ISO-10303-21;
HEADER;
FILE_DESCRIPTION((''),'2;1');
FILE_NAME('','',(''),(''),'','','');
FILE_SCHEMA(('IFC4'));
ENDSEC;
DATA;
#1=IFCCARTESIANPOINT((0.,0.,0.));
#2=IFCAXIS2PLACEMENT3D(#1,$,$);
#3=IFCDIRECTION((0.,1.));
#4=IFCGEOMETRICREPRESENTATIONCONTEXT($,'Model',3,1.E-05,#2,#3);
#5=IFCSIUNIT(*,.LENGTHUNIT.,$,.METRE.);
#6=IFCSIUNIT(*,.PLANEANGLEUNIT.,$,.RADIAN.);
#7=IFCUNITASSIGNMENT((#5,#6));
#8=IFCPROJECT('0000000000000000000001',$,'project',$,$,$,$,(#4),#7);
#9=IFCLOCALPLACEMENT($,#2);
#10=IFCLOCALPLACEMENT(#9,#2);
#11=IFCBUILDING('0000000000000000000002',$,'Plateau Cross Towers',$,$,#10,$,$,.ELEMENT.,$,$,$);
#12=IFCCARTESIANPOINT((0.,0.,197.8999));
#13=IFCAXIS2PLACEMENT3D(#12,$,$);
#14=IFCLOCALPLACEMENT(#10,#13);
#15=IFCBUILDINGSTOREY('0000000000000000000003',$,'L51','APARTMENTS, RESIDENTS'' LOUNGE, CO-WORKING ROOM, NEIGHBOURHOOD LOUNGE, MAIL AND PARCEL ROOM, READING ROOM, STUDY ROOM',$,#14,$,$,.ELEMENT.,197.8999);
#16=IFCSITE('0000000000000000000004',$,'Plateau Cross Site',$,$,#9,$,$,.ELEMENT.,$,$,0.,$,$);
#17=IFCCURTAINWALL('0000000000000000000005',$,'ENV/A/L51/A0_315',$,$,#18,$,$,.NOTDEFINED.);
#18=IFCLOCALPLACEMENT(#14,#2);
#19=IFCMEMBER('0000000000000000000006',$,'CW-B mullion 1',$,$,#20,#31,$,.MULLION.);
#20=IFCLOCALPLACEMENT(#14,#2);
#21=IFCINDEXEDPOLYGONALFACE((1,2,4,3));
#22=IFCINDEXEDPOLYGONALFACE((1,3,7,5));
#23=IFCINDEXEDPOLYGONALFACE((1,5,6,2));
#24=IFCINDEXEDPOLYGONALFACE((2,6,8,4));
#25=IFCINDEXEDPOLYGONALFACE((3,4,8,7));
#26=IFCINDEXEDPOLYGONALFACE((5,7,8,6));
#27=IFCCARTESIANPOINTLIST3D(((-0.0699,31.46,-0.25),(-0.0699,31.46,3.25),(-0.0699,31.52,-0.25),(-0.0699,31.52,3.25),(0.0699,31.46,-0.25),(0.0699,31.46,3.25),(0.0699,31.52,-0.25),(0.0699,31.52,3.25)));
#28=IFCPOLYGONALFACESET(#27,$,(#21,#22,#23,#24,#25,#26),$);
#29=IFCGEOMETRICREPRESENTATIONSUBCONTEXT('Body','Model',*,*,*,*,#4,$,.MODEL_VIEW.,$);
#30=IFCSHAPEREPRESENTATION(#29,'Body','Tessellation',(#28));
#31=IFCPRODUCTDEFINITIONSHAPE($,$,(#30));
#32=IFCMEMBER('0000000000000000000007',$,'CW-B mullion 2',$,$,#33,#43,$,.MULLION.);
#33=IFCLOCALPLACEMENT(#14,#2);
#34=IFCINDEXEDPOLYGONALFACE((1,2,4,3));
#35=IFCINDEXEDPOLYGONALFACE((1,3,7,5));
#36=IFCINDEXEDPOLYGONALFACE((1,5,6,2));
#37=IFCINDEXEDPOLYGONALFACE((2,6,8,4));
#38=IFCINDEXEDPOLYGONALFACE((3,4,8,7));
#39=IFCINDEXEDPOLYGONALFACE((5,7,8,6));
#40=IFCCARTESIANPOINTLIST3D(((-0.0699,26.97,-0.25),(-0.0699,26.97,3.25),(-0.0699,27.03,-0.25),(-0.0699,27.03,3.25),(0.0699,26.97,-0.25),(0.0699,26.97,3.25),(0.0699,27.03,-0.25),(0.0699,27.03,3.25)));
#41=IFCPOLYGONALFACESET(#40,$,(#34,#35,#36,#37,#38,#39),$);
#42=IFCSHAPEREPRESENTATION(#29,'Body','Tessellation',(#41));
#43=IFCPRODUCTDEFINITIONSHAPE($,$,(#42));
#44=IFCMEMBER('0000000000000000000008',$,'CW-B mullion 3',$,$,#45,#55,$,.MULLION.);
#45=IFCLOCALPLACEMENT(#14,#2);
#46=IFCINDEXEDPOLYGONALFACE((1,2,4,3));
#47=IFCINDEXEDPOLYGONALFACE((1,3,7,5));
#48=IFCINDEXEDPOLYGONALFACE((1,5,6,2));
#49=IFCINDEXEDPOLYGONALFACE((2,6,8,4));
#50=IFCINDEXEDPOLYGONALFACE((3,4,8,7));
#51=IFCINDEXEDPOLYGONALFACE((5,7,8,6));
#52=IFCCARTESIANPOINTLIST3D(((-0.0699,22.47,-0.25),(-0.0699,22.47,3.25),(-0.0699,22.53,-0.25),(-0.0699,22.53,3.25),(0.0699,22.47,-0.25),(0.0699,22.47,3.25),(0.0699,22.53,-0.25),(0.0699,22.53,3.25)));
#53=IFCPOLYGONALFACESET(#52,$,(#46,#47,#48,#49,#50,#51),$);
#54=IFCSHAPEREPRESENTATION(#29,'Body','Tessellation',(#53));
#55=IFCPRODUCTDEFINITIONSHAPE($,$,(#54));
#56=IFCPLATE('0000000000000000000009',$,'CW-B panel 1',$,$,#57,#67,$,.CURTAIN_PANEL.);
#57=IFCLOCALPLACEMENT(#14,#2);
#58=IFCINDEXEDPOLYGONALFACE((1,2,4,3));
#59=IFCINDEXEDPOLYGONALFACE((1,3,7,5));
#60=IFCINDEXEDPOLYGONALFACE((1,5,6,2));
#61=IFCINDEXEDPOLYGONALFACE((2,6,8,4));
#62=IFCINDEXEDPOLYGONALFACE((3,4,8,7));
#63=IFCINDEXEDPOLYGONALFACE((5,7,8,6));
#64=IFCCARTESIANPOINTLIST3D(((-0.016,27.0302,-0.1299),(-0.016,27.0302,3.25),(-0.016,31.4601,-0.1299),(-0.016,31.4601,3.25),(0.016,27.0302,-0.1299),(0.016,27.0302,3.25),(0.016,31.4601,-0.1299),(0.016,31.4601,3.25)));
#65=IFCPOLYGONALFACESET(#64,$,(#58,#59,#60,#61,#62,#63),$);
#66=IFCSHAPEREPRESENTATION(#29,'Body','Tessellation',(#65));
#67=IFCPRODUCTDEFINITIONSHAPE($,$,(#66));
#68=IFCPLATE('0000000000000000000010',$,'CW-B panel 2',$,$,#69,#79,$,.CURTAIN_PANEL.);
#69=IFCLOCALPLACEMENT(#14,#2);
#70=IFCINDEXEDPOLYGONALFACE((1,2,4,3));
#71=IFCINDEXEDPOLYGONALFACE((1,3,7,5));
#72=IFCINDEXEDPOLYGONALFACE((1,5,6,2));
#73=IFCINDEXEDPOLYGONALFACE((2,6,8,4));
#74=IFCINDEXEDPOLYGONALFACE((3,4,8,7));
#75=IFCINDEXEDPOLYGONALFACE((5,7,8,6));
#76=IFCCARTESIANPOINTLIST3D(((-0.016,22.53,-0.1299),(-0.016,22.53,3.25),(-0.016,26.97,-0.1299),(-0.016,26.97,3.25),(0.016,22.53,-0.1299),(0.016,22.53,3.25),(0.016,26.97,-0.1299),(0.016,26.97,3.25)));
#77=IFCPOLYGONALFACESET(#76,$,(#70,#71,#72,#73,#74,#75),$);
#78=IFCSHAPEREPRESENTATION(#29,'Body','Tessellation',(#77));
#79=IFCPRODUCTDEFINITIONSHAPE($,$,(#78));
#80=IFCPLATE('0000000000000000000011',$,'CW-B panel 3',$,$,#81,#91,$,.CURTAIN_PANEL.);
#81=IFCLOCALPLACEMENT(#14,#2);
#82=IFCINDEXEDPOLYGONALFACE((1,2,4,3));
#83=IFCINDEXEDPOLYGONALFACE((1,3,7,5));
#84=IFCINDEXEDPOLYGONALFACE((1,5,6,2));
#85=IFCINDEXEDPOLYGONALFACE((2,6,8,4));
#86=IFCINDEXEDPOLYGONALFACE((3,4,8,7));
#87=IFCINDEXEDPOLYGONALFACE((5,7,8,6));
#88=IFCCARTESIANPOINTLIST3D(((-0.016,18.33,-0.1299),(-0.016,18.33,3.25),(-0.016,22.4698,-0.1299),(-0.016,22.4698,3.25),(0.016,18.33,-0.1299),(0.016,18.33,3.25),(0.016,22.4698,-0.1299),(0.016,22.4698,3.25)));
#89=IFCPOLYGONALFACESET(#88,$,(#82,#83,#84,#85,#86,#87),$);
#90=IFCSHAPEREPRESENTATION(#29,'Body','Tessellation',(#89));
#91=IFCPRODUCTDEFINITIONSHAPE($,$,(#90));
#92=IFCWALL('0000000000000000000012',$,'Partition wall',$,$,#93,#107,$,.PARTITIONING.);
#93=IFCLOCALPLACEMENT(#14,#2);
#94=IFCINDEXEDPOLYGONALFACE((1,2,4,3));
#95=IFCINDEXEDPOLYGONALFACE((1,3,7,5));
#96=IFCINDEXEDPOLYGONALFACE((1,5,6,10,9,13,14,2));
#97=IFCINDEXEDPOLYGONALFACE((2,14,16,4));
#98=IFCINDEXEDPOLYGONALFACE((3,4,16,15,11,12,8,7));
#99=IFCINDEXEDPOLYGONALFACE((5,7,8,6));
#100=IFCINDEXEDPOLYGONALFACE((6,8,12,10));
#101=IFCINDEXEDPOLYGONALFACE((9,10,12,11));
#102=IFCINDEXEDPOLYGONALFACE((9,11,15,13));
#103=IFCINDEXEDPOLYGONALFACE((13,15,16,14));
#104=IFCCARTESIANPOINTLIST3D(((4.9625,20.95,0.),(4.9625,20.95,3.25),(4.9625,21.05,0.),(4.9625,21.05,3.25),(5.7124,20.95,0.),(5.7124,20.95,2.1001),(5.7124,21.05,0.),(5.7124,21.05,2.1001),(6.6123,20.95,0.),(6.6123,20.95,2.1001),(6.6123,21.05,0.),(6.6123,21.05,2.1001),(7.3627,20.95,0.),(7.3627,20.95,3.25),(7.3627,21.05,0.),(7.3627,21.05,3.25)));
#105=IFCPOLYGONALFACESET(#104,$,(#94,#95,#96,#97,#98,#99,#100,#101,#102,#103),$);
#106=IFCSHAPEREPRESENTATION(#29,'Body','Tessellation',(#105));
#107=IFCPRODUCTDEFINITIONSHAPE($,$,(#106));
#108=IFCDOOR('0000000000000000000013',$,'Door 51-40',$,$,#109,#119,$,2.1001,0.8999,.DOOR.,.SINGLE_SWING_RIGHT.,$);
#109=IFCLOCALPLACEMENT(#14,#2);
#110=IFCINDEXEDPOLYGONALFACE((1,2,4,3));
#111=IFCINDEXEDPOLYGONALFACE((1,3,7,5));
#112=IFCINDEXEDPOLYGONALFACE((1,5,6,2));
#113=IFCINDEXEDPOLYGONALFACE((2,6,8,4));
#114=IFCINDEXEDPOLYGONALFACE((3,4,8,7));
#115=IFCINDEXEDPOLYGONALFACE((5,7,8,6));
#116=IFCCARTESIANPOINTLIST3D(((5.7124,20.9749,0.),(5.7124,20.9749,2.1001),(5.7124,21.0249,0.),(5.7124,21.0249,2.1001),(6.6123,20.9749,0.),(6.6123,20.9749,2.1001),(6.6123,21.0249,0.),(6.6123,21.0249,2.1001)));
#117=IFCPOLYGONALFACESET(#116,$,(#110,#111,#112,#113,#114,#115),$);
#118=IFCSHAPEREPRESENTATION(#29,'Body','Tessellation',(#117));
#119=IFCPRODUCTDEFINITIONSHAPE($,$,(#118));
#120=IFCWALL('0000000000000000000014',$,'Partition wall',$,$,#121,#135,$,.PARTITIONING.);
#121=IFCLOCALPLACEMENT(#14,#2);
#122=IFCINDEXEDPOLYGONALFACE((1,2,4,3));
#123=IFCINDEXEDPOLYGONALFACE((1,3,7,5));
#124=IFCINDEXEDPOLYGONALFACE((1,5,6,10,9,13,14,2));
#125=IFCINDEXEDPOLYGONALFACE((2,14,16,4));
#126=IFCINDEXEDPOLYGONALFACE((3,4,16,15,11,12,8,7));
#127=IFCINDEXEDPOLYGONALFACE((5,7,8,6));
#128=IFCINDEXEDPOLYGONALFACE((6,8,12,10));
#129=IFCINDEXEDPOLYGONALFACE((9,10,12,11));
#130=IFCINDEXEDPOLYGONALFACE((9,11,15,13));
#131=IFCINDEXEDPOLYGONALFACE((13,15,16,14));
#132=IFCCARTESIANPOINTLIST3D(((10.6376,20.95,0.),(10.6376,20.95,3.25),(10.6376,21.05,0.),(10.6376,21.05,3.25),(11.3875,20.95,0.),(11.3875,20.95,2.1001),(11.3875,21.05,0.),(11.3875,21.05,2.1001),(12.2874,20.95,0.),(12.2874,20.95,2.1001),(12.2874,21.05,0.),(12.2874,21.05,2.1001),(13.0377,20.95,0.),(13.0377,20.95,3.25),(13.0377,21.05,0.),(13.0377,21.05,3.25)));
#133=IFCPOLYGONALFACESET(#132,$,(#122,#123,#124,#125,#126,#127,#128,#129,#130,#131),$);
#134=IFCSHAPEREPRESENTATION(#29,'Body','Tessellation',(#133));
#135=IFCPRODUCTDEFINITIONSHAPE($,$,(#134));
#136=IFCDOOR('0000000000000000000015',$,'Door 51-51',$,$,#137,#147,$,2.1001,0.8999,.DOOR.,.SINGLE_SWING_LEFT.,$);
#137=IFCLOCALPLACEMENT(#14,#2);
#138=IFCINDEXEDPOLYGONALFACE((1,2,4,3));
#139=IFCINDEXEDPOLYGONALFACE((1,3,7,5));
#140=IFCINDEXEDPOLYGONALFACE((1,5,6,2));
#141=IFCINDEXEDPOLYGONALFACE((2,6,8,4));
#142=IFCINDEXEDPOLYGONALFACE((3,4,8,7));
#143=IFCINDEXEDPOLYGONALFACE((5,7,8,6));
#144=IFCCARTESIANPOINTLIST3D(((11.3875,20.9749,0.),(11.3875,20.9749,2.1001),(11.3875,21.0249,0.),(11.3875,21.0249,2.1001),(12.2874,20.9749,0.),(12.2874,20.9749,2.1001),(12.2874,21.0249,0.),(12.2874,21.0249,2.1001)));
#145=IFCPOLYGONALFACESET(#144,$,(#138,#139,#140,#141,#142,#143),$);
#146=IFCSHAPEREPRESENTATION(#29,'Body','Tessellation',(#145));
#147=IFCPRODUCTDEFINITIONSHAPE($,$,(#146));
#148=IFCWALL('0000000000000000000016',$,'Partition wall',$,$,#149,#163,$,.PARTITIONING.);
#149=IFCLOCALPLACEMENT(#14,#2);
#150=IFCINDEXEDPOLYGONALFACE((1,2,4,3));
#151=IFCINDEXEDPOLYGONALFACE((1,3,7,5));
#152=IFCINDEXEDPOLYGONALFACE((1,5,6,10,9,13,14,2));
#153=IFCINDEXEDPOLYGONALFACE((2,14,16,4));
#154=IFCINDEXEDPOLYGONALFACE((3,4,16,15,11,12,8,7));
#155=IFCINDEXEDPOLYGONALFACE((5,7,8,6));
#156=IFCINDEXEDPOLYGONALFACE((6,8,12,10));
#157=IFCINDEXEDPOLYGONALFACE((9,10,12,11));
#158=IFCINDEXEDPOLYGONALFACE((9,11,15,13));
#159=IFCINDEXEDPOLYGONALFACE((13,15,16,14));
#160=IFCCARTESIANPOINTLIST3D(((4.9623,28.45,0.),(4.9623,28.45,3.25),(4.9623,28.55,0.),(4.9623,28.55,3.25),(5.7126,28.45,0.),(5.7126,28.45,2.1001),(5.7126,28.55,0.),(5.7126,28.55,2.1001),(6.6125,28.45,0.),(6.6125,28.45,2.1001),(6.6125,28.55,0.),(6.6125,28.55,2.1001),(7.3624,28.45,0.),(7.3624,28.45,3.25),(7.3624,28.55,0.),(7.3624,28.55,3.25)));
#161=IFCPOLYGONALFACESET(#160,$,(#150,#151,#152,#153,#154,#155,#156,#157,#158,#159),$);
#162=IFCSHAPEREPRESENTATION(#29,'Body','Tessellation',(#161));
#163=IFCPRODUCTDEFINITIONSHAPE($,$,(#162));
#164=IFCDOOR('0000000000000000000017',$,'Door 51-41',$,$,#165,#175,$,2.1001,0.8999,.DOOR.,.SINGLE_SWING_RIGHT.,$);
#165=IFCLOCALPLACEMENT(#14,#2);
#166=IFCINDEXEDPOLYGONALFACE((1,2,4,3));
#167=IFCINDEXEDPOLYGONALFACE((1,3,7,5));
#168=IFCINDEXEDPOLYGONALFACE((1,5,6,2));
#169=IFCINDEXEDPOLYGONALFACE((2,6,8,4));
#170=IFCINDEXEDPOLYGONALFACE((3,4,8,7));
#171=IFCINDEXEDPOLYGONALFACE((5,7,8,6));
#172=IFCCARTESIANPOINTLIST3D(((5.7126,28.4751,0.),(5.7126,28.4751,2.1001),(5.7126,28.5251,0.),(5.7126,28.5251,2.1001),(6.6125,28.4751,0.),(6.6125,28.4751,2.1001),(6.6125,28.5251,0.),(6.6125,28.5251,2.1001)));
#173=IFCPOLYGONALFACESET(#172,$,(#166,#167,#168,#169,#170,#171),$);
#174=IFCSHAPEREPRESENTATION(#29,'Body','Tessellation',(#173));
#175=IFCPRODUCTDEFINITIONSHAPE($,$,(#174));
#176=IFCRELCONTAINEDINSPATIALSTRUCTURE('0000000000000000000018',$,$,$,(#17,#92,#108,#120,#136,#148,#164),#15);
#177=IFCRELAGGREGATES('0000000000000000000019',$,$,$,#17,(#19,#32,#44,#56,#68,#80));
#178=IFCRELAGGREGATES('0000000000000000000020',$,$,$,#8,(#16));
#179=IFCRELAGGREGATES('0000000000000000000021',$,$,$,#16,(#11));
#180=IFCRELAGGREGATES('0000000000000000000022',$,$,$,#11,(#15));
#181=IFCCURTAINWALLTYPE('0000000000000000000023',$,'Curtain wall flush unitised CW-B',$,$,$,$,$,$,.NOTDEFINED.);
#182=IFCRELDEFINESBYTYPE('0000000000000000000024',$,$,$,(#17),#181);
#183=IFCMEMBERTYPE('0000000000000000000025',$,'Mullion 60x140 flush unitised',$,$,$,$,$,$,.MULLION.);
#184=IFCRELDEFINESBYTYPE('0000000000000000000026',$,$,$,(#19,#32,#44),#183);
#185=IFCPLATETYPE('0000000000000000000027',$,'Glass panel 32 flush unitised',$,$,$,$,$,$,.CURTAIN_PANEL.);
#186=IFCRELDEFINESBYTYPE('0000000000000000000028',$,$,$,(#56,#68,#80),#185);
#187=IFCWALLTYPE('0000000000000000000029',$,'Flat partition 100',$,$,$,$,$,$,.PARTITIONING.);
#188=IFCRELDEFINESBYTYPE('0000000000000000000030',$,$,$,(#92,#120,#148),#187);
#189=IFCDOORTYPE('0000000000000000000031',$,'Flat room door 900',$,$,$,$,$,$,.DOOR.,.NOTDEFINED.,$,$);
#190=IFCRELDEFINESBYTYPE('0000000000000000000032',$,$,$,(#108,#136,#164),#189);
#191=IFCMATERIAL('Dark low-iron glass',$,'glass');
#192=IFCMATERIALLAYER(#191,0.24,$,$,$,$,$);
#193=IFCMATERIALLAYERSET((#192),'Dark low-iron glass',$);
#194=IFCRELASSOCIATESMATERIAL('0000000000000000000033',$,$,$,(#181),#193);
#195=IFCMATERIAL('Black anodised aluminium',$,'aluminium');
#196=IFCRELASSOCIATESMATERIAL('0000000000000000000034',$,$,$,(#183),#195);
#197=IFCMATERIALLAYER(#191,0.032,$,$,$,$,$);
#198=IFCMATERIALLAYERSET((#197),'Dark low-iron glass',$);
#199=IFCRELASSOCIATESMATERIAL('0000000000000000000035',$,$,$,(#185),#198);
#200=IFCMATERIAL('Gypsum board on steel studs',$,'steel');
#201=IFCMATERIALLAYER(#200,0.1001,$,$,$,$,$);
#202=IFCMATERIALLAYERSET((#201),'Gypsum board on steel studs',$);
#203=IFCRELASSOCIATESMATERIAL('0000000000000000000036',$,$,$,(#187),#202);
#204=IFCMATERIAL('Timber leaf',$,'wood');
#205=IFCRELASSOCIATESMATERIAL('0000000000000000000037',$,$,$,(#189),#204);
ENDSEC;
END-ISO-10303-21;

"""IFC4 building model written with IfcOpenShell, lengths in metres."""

from ifc_helpers import new_model, si_unit, direction, frame, frame_2d, origin, origin_2d, place, context, subcontext, project, spatial, rectangle, extrude, material, layer, layer_set, material_profile, profile_set, type_object, element, fill, aggregate, save


model = new_model("IFC4")

# Units and contexts
model_context = context("Model", 3, precision=1e-05, world=origin(), true_north=direction((0.0, 1.0)))
body_context = subcontext(model_context, "Body", "Model", "MODEL_VIEW")
ifc_project = project(units=[si_unit("LENGTHUNIT", "METRE"), si_unit("PLANEANGLEUNIT", "RADIAN")], contexts=[model_context])

# Site, building, storey
site_placement = place(None, origin())
site = spatial("IfcSite", under=ifc_project, at=site_placement, Name="Plateau Cross Site", CompositionType="ELEMENT", RefElevation=0.0)
building_placement = place(site_placement, origin())
building = spatial("IfcBuilding", under=site, at=building_placement, Name="Plateau Cross Towers", CompositionType="ELEMENT")
storey_placement = place(building_placement, frame((0.0, 0.0, 197.8999)))
storey = spatial("IfcBuildingStorey", under=building, at=storey_placement, Name="L51", Description="APARTMENTS, RESIDENTS' LOUNGE, CO-WORKING ROOM, NEIGHBOURHOOD LOUNGE, MAIL AND PARCEL ROOM, READING ROOM, STUDY ROOM", CompositionType="ELEMENT", Elevation=197.8999)

# Curtain wall, members, plates
ifc_material_1 = material(Name="Dark low-iron glass", Category="glass")
ifc_layer_1 = layer(ifc_material_1, 0.24)
ifc_layer_set_1 = layer_set([ifc_layer_1], Name="Dark low-iron glass")
curtain_wall_type = type_object("IfcCurtainWallType", Name="Curtain wall flush unitised CW-B", PredefinedType="NOTDEFINED", material=ifc_layer_set_1)
curtain_wall_placement = place(storey_placement, origin())
curtain_wall = element("IfcCurtainWall", 1, at=curtain_wall_placement, inside=storey, type_object=curtain_wall_type, Name="ENV/A/L51/A0_315", PredefinedType="NOTDEFINED")
ifc_material_2 = material(Name="Black anodised aluminium", Category="aluminium")
ifc_material_profile = material_profile(ifc_material_2, rectangle(XDim=0.0601, YDim=0.1399, at=origin_2d()), Name="MULLION 60x140")
ifc_profile_set = profile_set([ifc_material_profile], Name="Black anodised aluminium")
member_type = type_object("IfcMemberType", Name="Mullion 60x140 flush unitised", PredefinedType="MULLION", material=ifc_profile_set)
member_1_placement = place(storey_placement, frame((0.0, 31.49, -0.25), z_axis=(0.0, 0.0, 1.0), x_axis=(0.0, -1.0, 0.0)))
member_1 = element("IfcMember", 2, at=member_1_placement, type_object=member_type, Name="CW-B mullion 1", PredefinedType="MULLION", context=body_context, shape_type="SweptSolid", body=[
    extrude(rectangle(XDim=0.0601, YDim=0.1399, at=origin_2d()), origin(), (0.0, 0.0, 1.0), 3.5),
])
member_2_placement = place(storey_placement, frame((0.0, 27.0, -0.25), z_axis=(0.0, 0.0, 1.0), x_axis=(0.0, -1.0, 0.0)))
member_2 = element("IfcMember", 3, at=member_2_placement, type_object=member_type, Name="CW-B mullion 2", PredefinedType="MULLION", context=body_context, shape_type="SweptSolid", body=[
    extrude(rectangle(XDim=0.0601, YDim=0.1399, at=origin_2d()), origin(), (0.0, 0.0, 1.0), 3.5),
])
member_3_placement = place(storey_placement, frame((0.0, 22.5, -0.25), z_axis=(0.0, 0.0, 1.0), x_axis=(0.0, -1.0, 0.0)))
member_3 = element("IfcMember", 4, at=member_3_placement, type_object=member_type, Name="CW-B mullion 3", PredefinedType="MULLION", context=body_context, shape_type="SweptSolid", body=[
    extrude(rectangle(XDim=0.0601, YDim=0.1399, at=origin_2d()), origin(), (0.0, 0.0, 1.0), 3.5),
])
ifc_layer_2 = layer(ifc_material_1, 0.032)
ifc_layer_set_2 = layer_set([ifc_layer_2], Name="Dark low-iron glass")
plate_type = type_object("IfcPlateType", Name="Glass panel 32 flush unitised", PredefinedType="CURTAIN_PANEL", material=ifc_layer_set_2)
plate_1_placement = place(storey_placement, frame((0.0, 29.2451, -0.1299), z_axis=(0.0, 0.0, 1.0), x_axis=(0.0, -1.0, 0.0)))
plate_1 = element("IfcPlate", 5, at=plate_1_placement, type_object=plate_type, Name="CW-B panel 1", PredefinedType="CURTAIN_PANEL", context=body_context, shape_type="SweptSolid", body=[
    extrude(rectangle(XDim=4.4299, YDim=0.032, at=origin_2d()), origin(), (0.0, 0.0, 1.0), 3.3799),
])
plate_2_placement = place(storey_placement, frame((0.0, 24.75, -0.1299), z_axis=(0.0, 0.0, 1.0), x_axis=(0.0, -1.0, 0.0)))
plate_2 = element("IfcPlate", 6, at=plate_2_placement, type_object=plate_type, Name="CW-B panel 2", PredefinedType="CURTAIN_PANEL", context=body_context, shape_type="SweptSolid", body=[
    extrude(rectangle(XDim=4.4399, YDim=0.032, at=origin_2d()), origin(), (0.0, 0.0, 1.0), 3.3799),
])
plate_3_placement = place(storey_placement, frame((0.0, 20.3999, -0.1299), z_axis=(0.0, 0.0, 1.0), x_axis=(0.0, -1.0, 0.0)))
plate_3 = element("IfcPlate", 7, at=plate_3_placement, type_object=plate_type, Name="CW-B panel 3", PredefinedType="CURTAIN_PANEL", context=body_context, shape_type="SweptSolid", body=[
    extrude(rectangle(XDim=4.1399, YDim=0.032, at=origin_2d()), origin(), (0.0, 0.0, 1.0), 3.3799),
])
aggregate(curtain_wall, [member_1, member_2, member_3, plate_1, plate_2, plate_3])

# Walls, openings, doors
ifc_material_3 = material(Name="Gypsum board on steel studs", Category="steel")
ifc_layer_3 = layer(ifc_material_3, 0.1001)
ifc_layer_set_3 = layer_set([ifc_layer_3], Name="Gypsum board on steel studs")
wall_type_1 = type_object("IfcWallType", Name="Flat partition 100", PredefinedType="PARTITIONING", material=ifc_layer_set_3)
wall_1_placement = place(storey_placement, frame((4.9624, 21.0, 0.0), z_axis=(0.0, 0.0, 1.0), x_axis=(1.0, 0.0, 0.0)))
wall_1 = element("IfcWall", 8, at=wall_1_placement, inside=storey, type_object=wall_type_1, Name="Partition wall", PredefinedType="PARTITIONING", context=body_context, shape_type="SweptSolid", body=[
    extrude(rectangle(XDim=2.4001, YDim=0.1001, at=frame_2d((1.2002, 0.0))), origin(), (0.0, 0.0, 1.0), 3.25),
])
opening_1_placement = place(wall_1_placement, frame((0.75, 0.0, 0.0)))
opening_1 = element("IfcOpeningElement", 9, at=opening_1_placement, cuts=wall_1, PredefinedType="OPENING", context=body_context, shape_type="SweptSolid", body=[
    extrude(rectangle(XDim=0.8999, YDim=2.1001, at=frame_2d((0.45, 1.05))), frame((0.0, 0.0601, 0.0), z_axis=(0.0, -1.0, 0.0), x_axis=(1.0, 0.0, 0.0)), (0.0, 0.0, 1.0), 0.1201),
])
ifc_material_4 = material(Name="Timber leaf", Category="wood")
door_type_1 = type_object("IfcDoorType", Name="Flat room door 900", OperationType="NOTDEFINED", PredefinedType="DOOR", material=ifc_material_4)
door_1_placement = place(opening_1_placement, origin())
door_1 = element("IfcDoor", 10, at=door_1_placement, inside=storey, type_object=door_type_1, Name="Door 51-40", OperationType="SINGLE_SWING_RIGHT", OverallHeight=2.1001, OverallWidth=0.8999, PredefinedType="DOOR", context=body_context, shape_type="SweptSolid", body=[
    extrude(rectangle(XDim=0.8999, YDim=2.1001, at=frame_2d((0.45, 1.05))), frame((0.0, 0.0249, 0.0), z_axis=(0.0, -1.0, 0.0), x_axis=(1.0, 0.0, 0.0)), (0.0, 0.0, 1.0), 0.05),
])
fill(opening_1, door_1)
wall_2_placement = place(storey_placement, frame((10.6375, 21.0, 0.0), z_axis=(0.0, 0.0, 1.0), x_axis=(1.0, 0.0, 0.0)))
wall_2 = element("IfcWall", 11, at=wall_2_placement, inside=storey, type_object=wall_type_1, Name="Partition wall", PredefinedType="PARTITIONING", context=body_context, shape_type="SweptSolid", body=[
    extrude(rectangle(XDim=2.4001, YDim=0.1001, at=frame_2d((1.2002, 0.0))), origin(), (0.0, 0.0, 1.0), 3.25),
])
opening_2_placement = place(wall_2_placement, frame((0.75, 0.0, 0.0)))
opening_2 = element("IfcOpeningElement", 12, at=opening_2_placement, cuts=wall_2, PredefinedType="OPENING", context=body_context, shape_type="SweptSolid", body=[
    extrude(rectangle(XDim=0.8999, YDim=2.1001, at=frame_2d((0.45, 1.05))), frame((0.0, 0.0601, 0.0), z_axis=(0.0, -1.0, 0.0), x_axis=(1.0, 0.0, 0.0)), (0.0, 0.0, 1.0), 0.1201),
])
door_2_placement = place(opening_2_placement, origin())
door_2 = element("IfcDoor", 13, at=door_2_placement, inside=storey, type_object=door_type_1, Name="Door 51-51", OperationType="SINGLE_SWING_LEFT", OverallHeight=2.1001, OverallWidth=0.8999, PredefinedType="DOOR", context=body_context, shape_type="SweptSolid", body=[
    extrude(rectangle(XDim=0.8999, YDim=2.1001, at=frame_2d((0.45, 1.05))), frame((0.0, 0.0249, 0.0), z_axis=(0.0, -1.0, 0.0), x_axis=(1.0, 0.0, 0.0)), (0.0, 0.0, 1.0), 0.05),
])
fill(opening_2, door_2)
wall_3_placement = place(storey_placement, frame((7.3625, 28.5, 0.0), z_axis=(0.0, 0.0, 1.0), x_axis=(-1.0, 0.0, 0.0)))
wall_3 = element("IfcWall", 14, at=wall_3_placement, inside=storey, type_object=wall_type_1, Name="Partition wall", PredefinedType="PARTITIONING", context=body_context, shape_type="SweptSolid", body=[
    extrude(rectangle(XDim=2.4001, YDim=0.1001, at=frame_2d((1.2002, 0.0))), origin(), (0.0, 0.0, 1.0), 3.25),
])
opening_3_placement = place(wall_3_placement, frame((0.75, 0.0, 0.0)))
opening_3 = element("IfcOpeningElement", 15, at=opening_3_placement, cuts=wall_3, PredefinedType="OPENING", context=body_context, shape_type="SweptSolid", body=[
    extrude(rectangle(XDim=0.8999, YDim=2.1001, at=frame_2d((0.45, 1.05))), frame((0.0, 0.0601, 0.0), z_axis=(0.0, -1.0, 0.0), x_axis=(1.0, 0.0, 0.0)), (0.0, 0.0, 1.0), 0.1201),
])
door_3_placement = place(opening_3_placement, origin())
door_3 = element("IfcDoor", 16, at=door_3_placement, inside=storey, type_object=door_type_1, Name="Door 51-41", OperationType="SINGLE_SWING_RIGHT", OverallHeight=2.1001, OverallWidth=0.8999, PredefinedType="DOOR", context=body_context, shape_type="SweptSolid", body=[
    extrude(rectangle(XDim=0.8999, YDim=2.1001, at=frame_2d((0.45, 1.05))), frame((0.0, 0.0249, 0.0), z_axis=(0.0, -1.0, 0.0), x_axis=(1.0, 0.0, 0.0)), (0.0, 0.0, 1.0), 0.05),
])
fill(opening_3, door_3)

save(model, "model.ifc")
